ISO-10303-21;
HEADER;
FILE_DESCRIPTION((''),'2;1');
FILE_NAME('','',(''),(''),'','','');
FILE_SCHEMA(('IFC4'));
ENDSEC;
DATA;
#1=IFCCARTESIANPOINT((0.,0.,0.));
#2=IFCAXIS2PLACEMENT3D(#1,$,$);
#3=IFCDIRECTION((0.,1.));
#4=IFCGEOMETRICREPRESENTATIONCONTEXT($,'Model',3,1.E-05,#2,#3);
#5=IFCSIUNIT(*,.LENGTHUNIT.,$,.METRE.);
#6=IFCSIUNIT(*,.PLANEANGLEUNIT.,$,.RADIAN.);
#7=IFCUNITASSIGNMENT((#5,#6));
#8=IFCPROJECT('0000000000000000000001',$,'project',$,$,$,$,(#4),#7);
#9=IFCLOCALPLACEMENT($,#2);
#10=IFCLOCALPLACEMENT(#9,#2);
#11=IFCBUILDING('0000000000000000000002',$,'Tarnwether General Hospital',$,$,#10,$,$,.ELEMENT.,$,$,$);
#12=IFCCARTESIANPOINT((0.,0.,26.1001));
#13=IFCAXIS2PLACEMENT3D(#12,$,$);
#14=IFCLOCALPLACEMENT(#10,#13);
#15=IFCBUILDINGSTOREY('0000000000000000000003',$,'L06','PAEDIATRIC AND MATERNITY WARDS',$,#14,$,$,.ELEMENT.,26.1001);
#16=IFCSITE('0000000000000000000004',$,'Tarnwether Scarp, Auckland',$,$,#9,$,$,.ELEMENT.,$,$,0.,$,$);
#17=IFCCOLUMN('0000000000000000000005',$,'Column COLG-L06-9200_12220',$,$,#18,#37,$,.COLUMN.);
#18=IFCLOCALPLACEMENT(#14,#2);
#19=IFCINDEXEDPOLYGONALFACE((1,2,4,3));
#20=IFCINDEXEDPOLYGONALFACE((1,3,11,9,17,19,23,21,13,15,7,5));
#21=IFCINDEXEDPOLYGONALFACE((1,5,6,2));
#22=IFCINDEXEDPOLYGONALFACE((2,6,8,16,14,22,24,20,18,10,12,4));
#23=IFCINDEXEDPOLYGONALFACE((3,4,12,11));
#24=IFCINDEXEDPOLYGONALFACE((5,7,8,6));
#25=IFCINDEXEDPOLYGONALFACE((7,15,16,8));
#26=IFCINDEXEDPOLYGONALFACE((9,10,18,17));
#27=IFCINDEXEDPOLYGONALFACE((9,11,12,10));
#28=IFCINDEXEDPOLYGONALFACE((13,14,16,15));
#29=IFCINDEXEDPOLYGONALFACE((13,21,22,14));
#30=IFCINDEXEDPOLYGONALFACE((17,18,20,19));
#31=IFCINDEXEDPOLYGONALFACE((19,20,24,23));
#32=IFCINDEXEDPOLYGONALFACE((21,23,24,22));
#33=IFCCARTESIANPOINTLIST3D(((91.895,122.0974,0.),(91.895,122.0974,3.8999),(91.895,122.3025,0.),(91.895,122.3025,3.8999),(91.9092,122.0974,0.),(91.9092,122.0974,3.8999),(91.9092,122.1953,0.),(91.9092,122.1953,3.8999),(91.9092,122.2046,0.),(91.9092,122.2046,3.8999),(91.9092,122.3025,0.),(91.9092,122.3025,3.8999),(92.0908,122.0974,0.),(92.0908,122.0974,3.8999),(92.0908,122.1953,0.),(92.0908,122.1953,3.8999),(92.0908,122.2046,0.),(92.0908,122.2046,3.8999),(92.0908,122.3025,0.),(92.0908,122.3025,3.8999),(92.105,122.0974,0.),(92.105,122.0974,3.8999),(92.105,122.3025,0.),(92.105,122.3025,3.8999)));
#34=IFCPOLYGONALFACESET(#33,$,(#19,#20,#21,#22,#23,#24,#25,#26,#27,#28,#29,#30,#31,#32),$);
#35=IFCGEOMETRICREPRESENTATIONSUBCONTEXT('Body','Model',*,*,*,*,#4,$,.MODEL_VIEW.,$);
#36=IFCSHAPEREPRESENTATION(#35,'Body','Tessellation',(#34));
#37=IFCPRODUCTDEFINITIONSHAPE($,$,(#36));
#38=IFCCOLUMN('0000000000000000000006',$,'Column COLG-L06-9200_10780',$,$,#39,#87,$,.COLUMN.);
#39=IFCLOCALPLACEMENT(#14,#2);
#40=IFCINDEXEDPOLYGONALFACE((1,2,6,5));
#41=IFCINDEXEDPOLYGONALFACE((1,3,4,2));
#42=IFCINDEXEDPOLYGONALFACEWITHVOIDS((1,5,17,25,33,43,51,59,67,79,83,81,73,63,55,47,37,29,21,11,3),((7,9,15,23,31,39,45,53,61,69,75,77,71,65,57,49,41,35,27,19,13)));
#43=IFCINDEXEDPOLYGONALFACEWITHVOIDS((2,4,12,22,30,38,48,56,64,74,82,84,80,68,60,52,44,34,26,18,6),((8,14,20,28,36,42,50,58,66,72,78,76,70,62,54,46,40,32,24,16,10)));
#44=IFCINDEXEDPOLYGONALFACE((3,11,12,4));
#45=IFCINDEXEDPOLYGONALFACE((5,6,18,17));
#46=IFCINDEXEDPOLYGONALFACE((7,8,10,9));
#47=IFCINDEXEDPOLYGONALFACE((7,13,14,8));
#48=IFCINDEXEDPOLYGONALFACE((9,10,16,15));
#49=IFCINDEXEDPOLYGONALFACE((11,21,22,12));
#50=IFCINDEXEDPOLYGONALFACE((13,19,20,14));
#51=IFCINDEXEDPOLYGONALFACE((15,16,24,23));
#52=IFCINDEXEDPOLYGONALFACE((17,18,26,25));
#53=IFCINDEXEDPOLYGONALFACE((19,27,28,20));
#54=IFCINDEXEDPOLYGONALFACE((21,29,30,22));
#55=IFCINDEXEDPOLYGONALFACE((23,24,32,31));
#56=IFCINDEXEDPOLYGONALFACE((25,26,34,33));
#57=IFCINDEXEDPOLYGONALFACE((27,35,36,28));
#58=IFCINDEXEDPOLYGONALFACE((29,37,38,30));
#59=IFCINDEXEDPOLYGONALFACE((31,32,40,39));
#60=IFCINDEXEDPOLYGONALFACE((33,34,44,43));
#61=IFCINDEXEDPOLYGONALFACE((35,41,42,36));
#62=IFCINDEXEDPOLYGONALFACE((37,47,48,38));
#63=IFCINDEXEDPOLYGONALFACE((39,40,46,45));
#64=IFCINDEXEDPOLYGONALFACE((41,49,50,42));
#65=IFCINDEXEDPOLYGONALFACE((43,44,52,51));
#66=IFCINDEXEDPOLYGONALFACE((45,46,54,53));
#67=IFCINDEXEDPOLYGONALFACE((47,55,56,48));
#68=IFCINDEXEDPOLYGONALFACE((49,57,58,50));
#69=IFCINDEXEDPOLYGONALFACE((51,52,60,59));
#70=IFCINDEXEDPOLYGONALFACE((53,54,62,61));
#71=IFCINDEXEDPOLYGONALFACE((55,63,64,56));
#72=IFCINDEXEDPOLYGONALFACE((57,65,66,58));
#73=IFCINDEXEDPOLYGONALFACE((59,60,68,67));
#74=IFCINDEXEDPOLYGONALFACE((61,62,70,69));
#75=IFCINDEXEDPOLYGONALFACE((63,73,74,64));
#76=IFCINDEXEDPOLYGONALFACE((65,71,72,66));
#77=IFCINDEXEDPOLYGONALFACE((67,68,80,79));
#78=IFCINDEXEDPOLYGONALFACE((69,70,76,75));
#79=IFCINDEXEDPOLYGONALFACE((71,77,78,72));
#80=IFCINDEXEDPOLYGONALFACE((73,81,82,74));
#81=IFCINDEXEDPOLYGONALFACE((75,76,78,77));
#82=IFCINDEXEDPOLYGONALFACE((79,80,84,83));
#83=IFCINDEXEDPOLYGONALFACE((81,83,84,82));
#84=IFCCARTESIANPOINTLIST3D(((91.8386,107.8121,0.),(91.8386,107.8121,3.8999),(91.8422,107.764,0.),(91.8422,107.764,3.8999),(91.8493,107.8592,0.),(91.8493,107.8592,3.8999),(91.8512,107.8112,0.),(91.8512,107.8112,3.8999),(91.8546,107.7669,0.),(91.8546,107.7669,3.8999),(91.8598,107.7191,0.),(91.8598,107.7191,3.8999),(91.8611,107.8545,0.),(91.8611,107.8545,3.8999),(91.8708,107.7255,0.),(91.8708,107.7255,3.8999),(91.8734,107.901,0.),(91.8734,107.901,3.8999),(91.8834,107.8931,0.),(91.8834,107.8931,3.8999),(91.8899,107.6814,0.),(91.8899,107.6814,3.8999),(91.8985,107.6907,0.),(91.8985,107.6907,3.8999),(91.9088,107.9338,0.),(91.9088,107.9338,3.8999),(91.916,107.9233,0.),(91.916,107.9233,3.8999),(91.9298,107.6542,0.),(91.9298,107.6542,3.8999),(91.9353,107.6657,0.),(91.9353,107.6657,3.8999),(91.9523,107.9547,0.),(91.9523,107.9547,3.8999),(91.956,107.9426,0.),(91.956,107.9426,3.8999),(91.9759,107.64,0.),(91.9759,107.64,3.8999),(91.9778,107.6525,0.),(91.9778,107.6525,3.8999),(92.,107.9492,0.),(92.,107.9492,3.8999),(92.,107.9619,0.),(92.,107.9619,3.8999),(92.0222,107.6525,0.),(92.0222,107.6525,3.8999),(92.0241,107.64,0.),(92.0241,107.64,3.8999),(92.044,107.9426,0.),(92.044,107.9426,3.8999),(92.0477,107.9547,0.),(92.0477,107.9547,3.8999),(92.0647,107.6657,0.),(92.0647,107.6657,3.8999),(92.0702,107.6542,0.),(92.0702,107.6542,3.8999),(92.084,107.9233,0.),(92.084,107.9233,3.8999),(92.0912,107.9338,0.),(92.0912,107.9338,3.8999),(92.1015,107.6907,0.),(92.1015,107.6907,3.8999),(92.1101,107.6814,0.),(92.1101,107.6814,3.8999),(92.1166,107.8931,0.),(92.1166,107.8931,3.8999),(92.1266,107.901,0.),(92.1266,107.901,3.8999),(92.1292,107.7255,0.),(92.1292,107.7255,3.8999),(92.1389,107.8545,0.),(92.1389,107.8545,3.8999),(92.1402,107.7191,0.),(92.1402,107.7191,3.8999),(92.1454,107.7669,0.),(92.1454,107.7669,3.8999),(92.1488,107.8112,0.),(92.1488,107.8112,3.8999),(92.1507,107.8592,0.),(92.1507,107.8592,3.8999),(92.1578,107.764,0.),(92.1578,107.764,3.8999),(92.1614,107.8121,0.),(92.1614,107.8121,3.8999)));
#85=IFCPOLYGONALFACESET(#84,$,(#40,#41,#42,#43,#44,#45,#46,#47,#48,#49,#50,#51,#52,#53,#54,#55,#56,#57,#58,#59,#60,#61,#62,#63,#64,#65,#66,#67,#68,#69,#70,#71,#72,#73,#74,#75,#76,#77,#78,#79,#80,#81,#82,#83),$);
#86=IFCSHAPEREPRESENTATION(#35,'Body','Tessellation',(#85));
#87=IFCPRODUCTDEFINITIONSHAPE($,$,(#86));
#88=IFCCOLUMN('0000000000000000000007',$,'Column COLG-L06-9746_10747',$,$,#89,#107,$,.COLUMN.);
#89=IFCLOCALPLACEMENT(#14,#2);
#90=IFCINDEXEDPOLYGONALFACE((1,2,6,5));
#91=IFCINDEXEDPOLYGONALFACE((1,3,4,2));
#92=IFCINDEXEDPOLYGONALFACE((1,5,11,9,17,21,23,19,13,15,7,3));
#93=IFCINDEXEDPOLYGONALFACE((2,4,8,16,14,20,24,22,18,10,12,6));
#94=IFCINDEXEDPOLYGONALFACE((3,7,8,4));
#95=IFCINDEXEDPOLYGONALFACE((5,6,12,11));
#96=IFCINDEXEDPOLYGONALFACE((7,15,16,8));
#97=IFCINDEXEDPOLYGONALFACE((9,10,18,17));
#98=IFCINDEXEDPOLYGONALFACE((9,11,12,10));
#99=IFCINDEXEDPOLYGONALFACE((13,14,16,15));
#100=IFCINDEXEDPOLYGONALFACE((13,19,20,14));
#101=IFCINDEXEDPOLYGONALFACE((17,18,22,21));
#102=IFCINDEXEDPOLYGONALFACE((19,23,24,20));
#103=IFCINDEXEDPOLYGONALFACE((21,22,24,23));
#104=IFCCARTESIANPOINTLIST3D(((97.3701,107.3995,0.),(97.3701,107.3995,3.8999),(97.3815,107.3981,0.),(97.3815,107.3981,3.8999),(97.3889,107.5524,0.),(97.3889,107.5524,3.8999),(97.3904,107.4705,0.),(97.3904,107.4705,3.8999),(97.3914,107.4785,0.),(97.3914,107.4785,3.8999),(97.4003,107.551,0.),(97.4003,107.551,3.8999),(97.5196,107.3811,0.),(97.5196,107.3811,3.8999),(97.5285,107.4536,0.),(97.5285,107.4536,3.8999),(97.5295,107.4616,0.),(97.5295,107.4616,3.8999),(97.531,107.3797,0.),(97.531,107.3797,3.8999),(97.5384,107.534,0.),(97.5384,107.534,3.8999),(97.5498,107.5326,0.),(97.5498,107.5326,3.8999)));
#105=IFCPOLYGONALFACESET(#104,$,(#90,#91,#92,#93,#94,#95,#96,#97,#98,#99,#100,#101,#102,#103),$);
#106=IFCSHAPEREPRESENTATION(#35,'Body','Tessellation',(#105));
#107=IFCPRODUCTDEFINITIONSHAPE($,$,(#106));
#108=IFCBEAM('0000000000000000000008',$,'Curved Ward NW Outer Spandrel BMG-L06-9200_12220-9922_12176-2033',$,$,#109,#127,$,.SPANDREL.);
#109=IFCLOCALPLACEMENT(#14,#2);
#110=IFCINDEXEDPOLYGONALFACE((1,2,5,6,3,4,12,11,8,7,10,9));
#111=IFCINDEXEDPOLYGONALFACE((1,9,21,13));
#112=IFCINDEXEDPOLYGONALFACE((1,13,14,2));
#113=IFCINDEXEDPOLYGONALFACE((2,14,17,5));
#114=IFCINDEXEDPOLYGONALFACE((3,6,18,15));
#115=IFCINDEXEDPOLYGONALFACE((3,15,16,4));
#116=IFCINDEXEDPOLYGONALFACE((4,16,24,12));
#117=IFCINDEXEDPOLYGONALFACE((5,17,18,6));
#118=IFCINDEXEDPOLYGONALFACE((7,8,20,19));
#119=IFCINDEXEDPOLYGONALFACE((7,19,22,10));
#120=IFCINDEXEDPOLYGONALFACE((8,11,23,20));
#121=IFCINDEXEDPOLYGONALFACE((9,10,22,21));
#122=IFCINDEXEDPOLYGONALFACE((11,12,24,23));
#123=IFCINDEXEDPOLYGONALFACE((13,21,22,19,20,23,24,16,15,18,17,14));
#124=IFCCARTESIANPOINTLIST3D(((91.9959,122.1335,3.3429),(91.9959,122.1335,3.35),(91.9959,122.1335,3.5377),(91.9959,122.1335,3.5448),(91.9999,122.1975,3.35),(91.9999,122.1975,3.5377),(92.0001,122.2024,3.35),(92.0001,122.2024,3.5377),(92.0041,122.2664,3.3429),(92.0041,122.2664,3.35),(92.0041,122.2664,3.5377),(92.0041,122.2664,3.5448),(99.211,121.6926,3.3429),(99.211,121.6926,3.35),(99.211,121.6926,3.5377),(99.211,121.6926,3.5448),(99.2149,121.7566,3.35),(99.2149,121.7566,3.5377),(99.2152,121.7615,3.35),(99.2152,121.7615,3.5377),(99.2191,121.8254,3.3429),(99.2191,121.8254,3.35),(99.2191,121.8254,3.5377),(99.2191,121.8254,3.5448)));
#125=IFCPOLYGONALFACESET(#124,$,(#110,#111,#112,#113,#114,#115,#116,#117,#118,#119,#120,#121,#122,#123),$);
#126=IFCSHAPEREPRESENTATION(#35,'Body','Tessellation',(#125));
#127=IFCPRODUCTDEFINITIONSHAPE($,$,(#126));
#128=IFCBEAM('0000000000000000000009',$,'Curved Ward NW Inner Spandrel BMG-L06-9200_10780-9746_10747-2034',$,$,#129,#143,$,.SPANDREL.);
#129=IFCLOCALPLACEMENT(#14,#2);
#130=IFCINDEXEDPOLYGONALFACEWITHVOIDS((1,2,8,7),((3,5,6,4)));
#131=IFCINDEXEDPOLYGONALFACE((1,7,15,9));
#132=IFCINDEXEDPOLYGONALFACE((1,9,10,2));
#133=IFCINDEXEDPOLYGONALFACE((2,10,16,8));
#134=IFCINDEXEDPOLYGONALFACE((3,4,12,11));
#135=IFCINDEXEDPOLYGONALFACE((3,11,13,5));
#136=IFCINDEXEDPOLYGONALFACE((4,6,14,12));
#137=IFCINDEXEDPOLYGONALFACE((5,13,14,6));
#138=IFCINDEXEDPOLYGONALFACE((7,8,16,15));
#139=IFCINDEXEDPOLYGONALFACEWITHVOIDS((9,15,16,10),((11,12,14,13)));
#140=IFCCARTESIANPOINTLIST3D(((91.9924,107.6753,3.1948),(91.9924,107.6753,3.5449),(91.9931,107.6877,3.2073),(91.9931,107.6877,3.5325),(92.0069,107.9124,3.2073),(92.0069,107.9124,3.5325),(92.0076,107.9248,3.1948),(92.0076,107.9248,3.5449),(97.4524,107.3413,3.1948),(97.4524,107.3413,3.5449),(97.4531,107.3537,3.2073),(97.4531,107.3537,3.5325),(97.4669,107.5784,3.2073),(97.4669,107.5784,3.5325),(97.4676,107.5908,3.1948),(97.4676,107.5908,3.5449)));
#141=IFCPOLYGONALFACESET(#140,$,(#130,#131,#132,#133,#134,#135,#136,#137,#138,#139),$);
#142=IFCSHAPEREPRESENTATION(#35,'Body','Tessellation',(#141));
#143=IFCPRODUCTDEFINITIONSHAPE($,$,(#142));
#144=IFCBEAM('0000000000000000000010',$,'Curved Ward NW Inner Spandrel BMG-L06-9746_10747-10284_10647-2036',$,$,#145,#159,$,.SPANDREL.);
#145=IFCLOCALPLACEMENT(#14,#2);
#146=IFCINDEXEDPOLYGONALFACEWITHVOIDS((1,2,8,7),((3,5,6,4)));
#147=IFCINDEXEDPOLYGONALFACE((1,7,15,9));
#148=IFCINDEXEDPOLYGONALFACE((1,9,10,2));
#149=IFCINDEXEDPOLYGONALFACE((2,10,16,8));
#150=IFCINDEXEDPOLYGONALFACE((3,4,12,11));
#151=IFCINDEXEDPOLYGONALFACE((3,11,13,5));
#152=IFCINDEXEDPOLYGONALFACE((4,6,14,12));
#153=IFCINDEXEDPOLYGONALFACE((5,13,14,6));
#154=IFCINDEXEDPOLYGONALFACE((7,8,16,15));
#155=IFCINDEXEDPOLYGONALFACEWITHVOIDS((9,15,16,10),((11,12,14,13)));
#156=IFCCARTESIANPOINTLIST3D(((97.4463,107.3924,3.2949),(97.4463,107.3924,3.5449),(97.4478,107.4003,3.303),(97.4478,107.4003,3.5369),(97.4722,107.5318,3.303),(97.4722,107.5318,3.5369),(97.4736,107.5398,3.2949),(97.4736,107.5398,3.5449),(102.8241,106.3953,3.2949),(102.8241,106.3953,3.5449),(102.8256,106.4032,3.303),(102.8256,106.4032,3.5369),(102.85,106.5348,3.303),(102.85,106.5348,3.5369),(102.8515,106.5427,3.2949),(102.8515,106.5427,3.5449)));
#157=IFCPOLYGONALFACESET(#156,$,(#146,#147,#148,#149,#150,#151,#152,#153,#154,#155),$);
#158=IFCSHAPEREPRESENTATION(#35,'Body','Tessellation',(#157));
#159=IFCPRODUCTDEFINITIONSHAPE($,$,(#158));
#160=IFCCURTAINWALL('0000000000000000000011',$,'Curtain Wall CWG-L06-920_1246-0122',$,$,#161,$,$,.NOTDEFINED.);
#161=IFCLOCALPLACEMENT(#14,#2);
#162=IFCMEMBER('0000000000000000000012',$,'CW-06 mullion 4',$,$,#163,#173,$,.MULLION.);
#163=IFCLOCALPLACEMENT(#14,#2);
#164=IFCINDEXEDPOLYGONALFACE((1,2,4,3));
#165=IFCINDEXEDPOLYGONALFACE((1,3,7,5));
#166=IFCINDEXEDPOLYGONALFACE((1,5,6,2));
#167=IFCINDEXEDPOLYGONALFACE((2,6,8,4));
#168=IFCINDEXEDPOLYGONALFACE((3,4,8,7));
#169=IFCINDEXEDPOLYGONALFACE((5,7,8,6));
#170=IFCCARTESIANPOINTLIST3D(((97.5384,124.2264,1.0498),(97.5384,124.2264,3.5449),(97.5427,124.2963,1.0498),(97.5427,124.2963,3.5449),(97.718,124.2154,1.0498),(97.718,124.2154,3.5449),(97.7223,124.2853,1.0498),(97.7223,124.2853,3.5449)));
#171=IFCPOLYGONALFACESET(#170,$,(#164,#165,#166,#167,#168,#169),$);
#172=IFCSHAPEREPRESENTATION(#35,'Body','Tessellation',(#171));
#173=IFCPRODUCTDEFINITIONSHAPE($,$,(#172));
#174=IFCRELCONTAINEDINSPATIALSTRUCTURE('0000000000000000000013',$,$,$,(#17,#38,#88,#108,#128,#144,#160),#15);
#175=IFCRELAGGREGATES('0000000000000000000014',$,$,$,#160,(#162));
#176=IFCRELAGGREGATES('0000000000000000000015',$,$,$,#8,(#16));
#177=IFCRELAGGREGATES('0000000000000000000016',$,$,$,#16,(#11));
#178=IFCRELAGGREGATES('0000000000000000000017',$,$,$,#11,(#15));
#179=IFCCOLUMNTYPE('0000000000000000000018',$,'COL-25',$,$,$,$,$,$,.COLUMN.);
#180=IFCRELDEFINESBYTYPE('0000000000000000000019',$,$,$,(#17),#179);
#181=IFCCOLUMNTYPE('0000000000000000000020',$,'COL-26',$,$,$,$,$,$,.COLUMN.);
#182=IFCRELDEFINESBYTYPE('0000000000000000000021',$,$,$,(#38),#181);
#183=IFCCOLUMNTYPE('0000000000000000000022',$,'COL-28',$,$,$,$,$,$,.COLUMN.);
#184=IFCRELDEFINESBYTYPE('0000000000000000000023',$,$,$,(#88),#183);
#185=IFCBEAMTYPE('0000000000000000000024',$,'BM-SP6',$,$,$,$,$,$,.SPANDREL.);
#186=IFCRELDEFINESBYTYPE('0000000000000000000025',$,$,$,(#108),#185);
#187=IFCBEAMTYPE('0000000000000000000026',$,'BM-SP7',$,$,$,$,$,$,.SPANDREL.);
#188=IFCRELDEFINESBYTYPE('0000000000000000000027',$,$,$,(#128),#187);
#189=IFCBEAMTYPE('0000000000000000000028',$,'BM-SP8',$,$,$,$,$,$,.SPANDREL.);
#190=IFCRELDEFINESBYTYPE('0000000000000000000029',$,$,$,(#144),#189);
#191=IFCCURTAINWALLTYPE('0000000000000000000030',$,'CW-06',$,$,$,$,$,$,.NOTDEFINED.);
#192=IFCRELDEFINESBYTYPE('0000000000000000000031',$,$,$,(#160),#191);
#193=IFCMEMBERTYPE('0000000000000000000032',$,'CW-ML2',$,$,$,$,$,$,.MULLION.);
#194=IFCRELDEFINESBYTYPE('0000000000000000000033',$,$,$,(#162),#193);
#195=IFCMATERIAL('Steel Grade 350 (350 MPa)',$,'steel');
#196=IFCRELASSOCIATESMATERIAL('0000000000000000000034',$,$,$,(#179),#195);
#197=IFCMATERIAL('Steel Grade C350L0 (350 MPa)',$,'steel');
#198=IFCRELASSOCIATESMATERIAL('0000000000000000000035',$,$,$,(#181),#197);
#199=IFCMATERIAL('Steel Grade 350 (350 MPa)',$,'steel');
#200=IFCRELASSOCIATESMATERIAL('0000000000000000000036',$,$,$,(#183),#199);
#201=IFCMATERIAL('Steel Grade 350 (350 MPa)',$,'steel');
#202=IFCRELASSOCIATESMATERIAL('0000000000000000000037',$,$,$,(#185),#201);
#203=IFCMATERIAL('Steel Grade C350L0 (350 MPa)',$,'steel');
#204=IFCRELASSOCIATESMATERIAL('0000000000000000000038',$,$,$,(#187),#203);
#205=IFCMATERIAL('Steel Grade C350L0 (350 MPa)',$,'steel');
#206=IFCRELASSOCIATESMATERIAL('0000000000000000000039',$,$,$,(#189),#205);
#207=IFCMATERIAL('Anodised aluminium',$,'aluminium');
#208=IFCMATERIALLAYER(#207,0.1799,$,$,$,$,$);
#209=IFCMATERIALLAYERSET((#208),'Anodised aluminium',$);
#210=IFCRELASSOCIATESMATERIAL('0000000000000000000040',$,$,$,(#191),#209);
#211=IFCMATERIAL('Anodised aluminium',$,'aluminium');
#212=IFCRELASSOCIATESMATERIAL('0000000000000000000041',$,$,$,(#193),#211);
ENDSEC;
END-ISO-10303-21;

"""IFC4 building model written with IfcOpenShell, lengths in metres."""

from ifc_helpers import new_model, si_unit, direction, frame, origin, origin_2d, place, context, subcontext, project, spatial, rectangle, hollow_rectangle, hollow_circle, i_section, extrude, material, layer, layer_set, material_profile, profile_set, type_object, element, aggregate, save


model = new_model("IFC4")

# Units and contexts
model_context = context("Model", 3, precision=1e-05, world=origin(), true_north=direction((0.0, 1.0)))
body_context = subcontext(model_context, "Body", "Model", "MODEL_VIEW")
ifc_project = project(units=[si_unit("LENGTHUNIT", "METRE"), si_unit("PLANEANGLEUNIT", "RADIAN")], contexts=[model_context])

# Site, building, storey
site_placement = place(None, origin())
site = spatial("IfcSite", under=ifc_project, at=site_placement, Name="Tarnwether Scarp, Auckland", CompositionType="ELEMENT", RefElevation=0.0)
building_placement = place(site_placement, origin())
building = spatial("IfcBuilding", under=site, at=building_placement, Name="Tarnwether General Hospital", CompositionType="ELEMENT")
storey_placement = place(building_placement, frame((0.0, 0.0, 26.1001)))
storey = spatial("IfcBuildingStorey", under=building, at=storey_placement, Name="L06", Description="PAEDIATRIC AND MATERNITY WARDS", CompositionType="ELEMENT", Elevation=26.1001)

# Columns
ifc_material_1 = material(Name="Steel Grade 350 (350 MPa)", Category="steel")
ifc_material_profile_1 = material_profile(ifc_material_1, i_section(OverallWidth=0.2051, OverallDepth=0.21, WebThickness=0.0093, FlangeThickness=0.0142, at=origin_2d()), Name="200UC59.5")
ifc_profile_set_1 = profile_set([ifc_material_profile_1], Name="Steel Grade 350 (350 MPa)")
column_type_1 = type_object("IfcColumnType", Name="COL-25", PredefinedType="COLUMN", material=ifc_profile_set_1)
column_1_placement = place(storey_placement, frame((92.0, 122.2, 0.0), z_axis=(0.0, 0.0, 1.0), x_axis=(0.0, 1.0, 0.0)))
element("IfcColumn", 1, at=column_1_placement, inside=storey, type_object=column_type_1, Name="Column COLG-L06-9200_12220", PredefinedType="COLUMN", context=body_context, shape_type="SweptSolid", body=[
    extrude(i_section(OverallWidth=0.2051, OverallDepth=0.21, WebThickness=0.0093, FlangeThickness=0.0142, at=origin_2d()), origin(), (0.0, 0.0, 1.0), 3.8999),
])
ifc_material_2 = material(Name="Steel Grade C350L0 (350 MPa)", Category="steel")
ifc_material_profile_2 = material_profile(ifc_material_2, hollow_circle(Radius=0.1619, WallThickness=0.0127, at=origin_2d()), Name="CHS323.9x12.7")
ifc_profile_set_2 = profile_set([ifc_material_profile_2], Name="Steel Grade C350L0 (350 MPa)")
column_type_2 = type_object("IfcColumnType", Name="COL-26", PredefinedType="COLUMN", material=ifc_profile_set_2)
column_2_placement = place(storey_placement, frame((92.0, 107.8, 0.0), z_axis=(0.0, 0.0, 1.0), x_axis=(0.0, 1.0, 0.0)))
element("IfcColumn", 2, at=column_2_placement, inside=storey, type_object=column_type_2, Name="Column COLG-L06-9200_10780", PredefinedType="COLUMN", context=body_context, shape_type="SweptSolid", body=[
    extrude(hollow_circle(Radius=0.1619, WallThickness=0.0127, at=origin_2d()), origin(), (0.0, 0.0, 1.0), 3.8999),
])
ifc_material_3 = material(Name="Steel Grade 350 (350 MPa)", Category="steel")
ifc_material_profile_3 = material_profile(ifc_material_3, i_section(OverallWidth=0.1541, OverallDepth=0.1621, WebThickness=0.0081, FlangeThickness=0.0115, at=origin_2d()), Name="150UC37.2")
ifc_profile_set_3 = profile_set([ifc_material_profile_3], Name="Steel Grade 350 (350 MPa)")
column_type_3 = type_object("IfcColumnType", Name="COL-28", PredefinedType="COLUMN", material=ifc_profile_set_3)
column_3_placement = place(storey_placement, frame((97.46, 107.4661, 0.0), z_axis=(0.0, 0.0, 1.0), x_axis=(0.121869, 0.992546, 0.0)))
element("IfcColumn", 3, at=column_3_placement, inside=storey, type_object=column_type_3, Name="Column COLG-L06-9746_10747", PredefinedType="COLUMN", context=body_context, shape_type="SweptSolid", body=[
    extrude(i_section(OverallWidth=0.1541, OverallDepth=0.1621, WebThickness=0.0081, FlangeThickness=0.0115, at=origin_2d()), origin(), (0.0, 0.0, 1.0), 3.8999),
])

# Beams
ifc_material_4 = material(Name="Steel Grade 350 (350 MPa)", Category="steel")
ifc_material_profile_4 = material_profile(ifc_material_4, i_section(OverallWidth=0.1331, OverallDepth=0.2019, WebThickness=0.0049, FlangeThickness=0.0071, at=origin_2d()), Name="200UB22.3")
ifc_profile_set_4 = profile_set([ifc_material_profile_4], Name="Steel Grade 350 (350 MPa)")
beam_type_1 = type_object("IfcBeamType", Name="BM-SP6", PredefinedType="SPANDREL", material=ifc_profile_set_4)
beam_1_placement = place(storey_placement, frame((92.0, 122.2, 3.4438), z_axis=(0.998138, -0.060997, 0.0), x_axis=(0.060997, 0.998138, 0.0)))
element("IfcBeam", 4, at=beam_1_placement, inside=storey, type_object=beam_type_1, Name="Curved Ward NW Outer Spandrel BMG-L06-9200_12220-9922_12176-2033", PredefinedType="SPANDREL", context=body_context, shape_type="SweptSolid", body=[
    extrude(i_section(OverallWidth=0.1331, OverallDepth=0.2019, WebThickness=0.0049, FlangeThickness=0.0071, at=origin_2d()), origin(), (0.0, 0.0, 1.0), 7.2285),
])
ifc_material_5 = material(Name="Steel Grade C350L0 (350 MPa)", Category="steel")
ifc_material_profile_5 = material_profile(ifc_material_5, hollow_rectangle(XDim=0.25, YDim=0.3501, WallThickness=0.0125, at=origin_2d()), Name="RHS350x250x12.5")
ifc_profile_set_5 = profile_set([ifc_material_profile_5], Name="Steel Grade C350L0 (350 MPa)")
beam_type_2 = type_object("IfcBeamType", Name="BM-SP7", PredefinedType="SPANDREL", material=ifc_profile_set_5)
beam_2_placement = place(storey_placement, frame((92.0, 107.8, 3.3699), z_axis=(0.998134, -0.061056, 0.0), x_axis=(0.061056, 0.998134, 0.0)))
element("IfcBeam", 5, at=beam_2_placement, inside=storey, type_object=beam_type_2, Name="Curved Ward NW Inner Spandrel BMG-L06-9200_10780-9746_10747-2034", PredefinedType="SPANDREL", context=body_context, shape_type="SweptSolid", body=[
    extrude(hollow_rectangle(XDim=0.25, YDim=0.3501, WallThickness=0.0125, at=origin_2d()), origin(), (0.0, 0.0, 1.0), 5.4702),
])
ifc_material_6 = material(Name="Steel Grade C350L0 (350 MPa)", Category="steel")
ifc_material_profile_6 = material_profile(ifc_material_6, hollow_rectangle(XDim=0.1499, YDim=0.25, WallThickness=0.0081, at=origin_2d()), Name="RHS250x150x8")
ifc_profile_set_6 = profile_set([ifc_material_profile_6], Name="Steel Grade C350L0 (350 MPa)")
beam_type_3 = type_object("IfcBeamType", Name="BM-SP8", PredefinedType="SPANDREL", material=ifc_profile_set_6)
beam_3_placement = place(storey_placement, frame((97.46, 107.4661, 3.4199), z_axis=(0.983244, -0.182294, 0.0), x_axis=(0.182294, 0.983244, 0.0)))
element("IfcBeam", 6, at=beam_3_placement, inside=storey, type_object=beam_type_3, Name="Curved Ward NW Inner Spandrel BMG-L06-9746_10747-10284_10647-2036", PredefinedType="SPANDREL", context=body_context, shape_type="SweptSolid", body=[
    extrude(hollow_rectangle(XDim=0.1499, YDim=0.25, WallThickness=0.0081, at=origin_2d()), origin(), (0.0, 0.0, 1.0), 5.4695),
])

# Curtain wall, member
ifc_material_7 = material(Name="Anodised aluminium", Category="aluminium")
ifc_layer_1 = layer(ifc_material_7, 0.1799)
ifc_layer_set_1 = layer_set([ifc_layer_1], Name="Anodised aluminium")
curtain_wall_type = type_object("IfcCurtainWallType", Name="CW-06", PredefinedType="NOTDEFINED", material=ifc_layer_set_1)
curtain_wall_placement = place(storey_placement, origin())
curtain_wall = element("IfcCurtainWall", 7, at=curtain_wall_placement, inside=storey, type_object=curtain_wall_type, Name="Curtain Wall CWG-L06-920_1246-0122", PredefinedType="NOTDEFINED")
ifc_material_8 = material(Name="Anodised aluminium", Category="aluminium")
ifc_material_profile_7 = material_profile(ifc_material_8, rectangle(XDim=0.0701, YDim=0.1799, at=origin_2d()), Name="ALU-MUL-70x180")
ifc_profile_set_7 = profile_set([ifc_material_profile_7], Name="Anodised aluminium")
member_type_1 = type_object("IfcMemberType", Name="CW-ML2", PredefinedType="MULLION", material=ifc_profile_set_7)
member_1_placement = place(storey_placement, frame((97.6304, 124.2559, 1.0498), z_axis=(0.0, 0.0, 1.0), x_axis=(0.061029, 0.998136, 0.0)))
member_1 = element("IfcMember", 8, at=member_1_placement, type_object=member_type_1, Name="CW-06 mullion 4", PredefinedType="MULLION", context=body_context, shape_type="SweptSolid", body=[
    extrude(rectangle(XDim=0.0701, YDim=0.1799, at=origin_2d()), origin(), (0.0, 0.0, 1.0), 2.4951),
])
aggregate(curtain_wall, [member_1])

save(model, "model.ifc")
